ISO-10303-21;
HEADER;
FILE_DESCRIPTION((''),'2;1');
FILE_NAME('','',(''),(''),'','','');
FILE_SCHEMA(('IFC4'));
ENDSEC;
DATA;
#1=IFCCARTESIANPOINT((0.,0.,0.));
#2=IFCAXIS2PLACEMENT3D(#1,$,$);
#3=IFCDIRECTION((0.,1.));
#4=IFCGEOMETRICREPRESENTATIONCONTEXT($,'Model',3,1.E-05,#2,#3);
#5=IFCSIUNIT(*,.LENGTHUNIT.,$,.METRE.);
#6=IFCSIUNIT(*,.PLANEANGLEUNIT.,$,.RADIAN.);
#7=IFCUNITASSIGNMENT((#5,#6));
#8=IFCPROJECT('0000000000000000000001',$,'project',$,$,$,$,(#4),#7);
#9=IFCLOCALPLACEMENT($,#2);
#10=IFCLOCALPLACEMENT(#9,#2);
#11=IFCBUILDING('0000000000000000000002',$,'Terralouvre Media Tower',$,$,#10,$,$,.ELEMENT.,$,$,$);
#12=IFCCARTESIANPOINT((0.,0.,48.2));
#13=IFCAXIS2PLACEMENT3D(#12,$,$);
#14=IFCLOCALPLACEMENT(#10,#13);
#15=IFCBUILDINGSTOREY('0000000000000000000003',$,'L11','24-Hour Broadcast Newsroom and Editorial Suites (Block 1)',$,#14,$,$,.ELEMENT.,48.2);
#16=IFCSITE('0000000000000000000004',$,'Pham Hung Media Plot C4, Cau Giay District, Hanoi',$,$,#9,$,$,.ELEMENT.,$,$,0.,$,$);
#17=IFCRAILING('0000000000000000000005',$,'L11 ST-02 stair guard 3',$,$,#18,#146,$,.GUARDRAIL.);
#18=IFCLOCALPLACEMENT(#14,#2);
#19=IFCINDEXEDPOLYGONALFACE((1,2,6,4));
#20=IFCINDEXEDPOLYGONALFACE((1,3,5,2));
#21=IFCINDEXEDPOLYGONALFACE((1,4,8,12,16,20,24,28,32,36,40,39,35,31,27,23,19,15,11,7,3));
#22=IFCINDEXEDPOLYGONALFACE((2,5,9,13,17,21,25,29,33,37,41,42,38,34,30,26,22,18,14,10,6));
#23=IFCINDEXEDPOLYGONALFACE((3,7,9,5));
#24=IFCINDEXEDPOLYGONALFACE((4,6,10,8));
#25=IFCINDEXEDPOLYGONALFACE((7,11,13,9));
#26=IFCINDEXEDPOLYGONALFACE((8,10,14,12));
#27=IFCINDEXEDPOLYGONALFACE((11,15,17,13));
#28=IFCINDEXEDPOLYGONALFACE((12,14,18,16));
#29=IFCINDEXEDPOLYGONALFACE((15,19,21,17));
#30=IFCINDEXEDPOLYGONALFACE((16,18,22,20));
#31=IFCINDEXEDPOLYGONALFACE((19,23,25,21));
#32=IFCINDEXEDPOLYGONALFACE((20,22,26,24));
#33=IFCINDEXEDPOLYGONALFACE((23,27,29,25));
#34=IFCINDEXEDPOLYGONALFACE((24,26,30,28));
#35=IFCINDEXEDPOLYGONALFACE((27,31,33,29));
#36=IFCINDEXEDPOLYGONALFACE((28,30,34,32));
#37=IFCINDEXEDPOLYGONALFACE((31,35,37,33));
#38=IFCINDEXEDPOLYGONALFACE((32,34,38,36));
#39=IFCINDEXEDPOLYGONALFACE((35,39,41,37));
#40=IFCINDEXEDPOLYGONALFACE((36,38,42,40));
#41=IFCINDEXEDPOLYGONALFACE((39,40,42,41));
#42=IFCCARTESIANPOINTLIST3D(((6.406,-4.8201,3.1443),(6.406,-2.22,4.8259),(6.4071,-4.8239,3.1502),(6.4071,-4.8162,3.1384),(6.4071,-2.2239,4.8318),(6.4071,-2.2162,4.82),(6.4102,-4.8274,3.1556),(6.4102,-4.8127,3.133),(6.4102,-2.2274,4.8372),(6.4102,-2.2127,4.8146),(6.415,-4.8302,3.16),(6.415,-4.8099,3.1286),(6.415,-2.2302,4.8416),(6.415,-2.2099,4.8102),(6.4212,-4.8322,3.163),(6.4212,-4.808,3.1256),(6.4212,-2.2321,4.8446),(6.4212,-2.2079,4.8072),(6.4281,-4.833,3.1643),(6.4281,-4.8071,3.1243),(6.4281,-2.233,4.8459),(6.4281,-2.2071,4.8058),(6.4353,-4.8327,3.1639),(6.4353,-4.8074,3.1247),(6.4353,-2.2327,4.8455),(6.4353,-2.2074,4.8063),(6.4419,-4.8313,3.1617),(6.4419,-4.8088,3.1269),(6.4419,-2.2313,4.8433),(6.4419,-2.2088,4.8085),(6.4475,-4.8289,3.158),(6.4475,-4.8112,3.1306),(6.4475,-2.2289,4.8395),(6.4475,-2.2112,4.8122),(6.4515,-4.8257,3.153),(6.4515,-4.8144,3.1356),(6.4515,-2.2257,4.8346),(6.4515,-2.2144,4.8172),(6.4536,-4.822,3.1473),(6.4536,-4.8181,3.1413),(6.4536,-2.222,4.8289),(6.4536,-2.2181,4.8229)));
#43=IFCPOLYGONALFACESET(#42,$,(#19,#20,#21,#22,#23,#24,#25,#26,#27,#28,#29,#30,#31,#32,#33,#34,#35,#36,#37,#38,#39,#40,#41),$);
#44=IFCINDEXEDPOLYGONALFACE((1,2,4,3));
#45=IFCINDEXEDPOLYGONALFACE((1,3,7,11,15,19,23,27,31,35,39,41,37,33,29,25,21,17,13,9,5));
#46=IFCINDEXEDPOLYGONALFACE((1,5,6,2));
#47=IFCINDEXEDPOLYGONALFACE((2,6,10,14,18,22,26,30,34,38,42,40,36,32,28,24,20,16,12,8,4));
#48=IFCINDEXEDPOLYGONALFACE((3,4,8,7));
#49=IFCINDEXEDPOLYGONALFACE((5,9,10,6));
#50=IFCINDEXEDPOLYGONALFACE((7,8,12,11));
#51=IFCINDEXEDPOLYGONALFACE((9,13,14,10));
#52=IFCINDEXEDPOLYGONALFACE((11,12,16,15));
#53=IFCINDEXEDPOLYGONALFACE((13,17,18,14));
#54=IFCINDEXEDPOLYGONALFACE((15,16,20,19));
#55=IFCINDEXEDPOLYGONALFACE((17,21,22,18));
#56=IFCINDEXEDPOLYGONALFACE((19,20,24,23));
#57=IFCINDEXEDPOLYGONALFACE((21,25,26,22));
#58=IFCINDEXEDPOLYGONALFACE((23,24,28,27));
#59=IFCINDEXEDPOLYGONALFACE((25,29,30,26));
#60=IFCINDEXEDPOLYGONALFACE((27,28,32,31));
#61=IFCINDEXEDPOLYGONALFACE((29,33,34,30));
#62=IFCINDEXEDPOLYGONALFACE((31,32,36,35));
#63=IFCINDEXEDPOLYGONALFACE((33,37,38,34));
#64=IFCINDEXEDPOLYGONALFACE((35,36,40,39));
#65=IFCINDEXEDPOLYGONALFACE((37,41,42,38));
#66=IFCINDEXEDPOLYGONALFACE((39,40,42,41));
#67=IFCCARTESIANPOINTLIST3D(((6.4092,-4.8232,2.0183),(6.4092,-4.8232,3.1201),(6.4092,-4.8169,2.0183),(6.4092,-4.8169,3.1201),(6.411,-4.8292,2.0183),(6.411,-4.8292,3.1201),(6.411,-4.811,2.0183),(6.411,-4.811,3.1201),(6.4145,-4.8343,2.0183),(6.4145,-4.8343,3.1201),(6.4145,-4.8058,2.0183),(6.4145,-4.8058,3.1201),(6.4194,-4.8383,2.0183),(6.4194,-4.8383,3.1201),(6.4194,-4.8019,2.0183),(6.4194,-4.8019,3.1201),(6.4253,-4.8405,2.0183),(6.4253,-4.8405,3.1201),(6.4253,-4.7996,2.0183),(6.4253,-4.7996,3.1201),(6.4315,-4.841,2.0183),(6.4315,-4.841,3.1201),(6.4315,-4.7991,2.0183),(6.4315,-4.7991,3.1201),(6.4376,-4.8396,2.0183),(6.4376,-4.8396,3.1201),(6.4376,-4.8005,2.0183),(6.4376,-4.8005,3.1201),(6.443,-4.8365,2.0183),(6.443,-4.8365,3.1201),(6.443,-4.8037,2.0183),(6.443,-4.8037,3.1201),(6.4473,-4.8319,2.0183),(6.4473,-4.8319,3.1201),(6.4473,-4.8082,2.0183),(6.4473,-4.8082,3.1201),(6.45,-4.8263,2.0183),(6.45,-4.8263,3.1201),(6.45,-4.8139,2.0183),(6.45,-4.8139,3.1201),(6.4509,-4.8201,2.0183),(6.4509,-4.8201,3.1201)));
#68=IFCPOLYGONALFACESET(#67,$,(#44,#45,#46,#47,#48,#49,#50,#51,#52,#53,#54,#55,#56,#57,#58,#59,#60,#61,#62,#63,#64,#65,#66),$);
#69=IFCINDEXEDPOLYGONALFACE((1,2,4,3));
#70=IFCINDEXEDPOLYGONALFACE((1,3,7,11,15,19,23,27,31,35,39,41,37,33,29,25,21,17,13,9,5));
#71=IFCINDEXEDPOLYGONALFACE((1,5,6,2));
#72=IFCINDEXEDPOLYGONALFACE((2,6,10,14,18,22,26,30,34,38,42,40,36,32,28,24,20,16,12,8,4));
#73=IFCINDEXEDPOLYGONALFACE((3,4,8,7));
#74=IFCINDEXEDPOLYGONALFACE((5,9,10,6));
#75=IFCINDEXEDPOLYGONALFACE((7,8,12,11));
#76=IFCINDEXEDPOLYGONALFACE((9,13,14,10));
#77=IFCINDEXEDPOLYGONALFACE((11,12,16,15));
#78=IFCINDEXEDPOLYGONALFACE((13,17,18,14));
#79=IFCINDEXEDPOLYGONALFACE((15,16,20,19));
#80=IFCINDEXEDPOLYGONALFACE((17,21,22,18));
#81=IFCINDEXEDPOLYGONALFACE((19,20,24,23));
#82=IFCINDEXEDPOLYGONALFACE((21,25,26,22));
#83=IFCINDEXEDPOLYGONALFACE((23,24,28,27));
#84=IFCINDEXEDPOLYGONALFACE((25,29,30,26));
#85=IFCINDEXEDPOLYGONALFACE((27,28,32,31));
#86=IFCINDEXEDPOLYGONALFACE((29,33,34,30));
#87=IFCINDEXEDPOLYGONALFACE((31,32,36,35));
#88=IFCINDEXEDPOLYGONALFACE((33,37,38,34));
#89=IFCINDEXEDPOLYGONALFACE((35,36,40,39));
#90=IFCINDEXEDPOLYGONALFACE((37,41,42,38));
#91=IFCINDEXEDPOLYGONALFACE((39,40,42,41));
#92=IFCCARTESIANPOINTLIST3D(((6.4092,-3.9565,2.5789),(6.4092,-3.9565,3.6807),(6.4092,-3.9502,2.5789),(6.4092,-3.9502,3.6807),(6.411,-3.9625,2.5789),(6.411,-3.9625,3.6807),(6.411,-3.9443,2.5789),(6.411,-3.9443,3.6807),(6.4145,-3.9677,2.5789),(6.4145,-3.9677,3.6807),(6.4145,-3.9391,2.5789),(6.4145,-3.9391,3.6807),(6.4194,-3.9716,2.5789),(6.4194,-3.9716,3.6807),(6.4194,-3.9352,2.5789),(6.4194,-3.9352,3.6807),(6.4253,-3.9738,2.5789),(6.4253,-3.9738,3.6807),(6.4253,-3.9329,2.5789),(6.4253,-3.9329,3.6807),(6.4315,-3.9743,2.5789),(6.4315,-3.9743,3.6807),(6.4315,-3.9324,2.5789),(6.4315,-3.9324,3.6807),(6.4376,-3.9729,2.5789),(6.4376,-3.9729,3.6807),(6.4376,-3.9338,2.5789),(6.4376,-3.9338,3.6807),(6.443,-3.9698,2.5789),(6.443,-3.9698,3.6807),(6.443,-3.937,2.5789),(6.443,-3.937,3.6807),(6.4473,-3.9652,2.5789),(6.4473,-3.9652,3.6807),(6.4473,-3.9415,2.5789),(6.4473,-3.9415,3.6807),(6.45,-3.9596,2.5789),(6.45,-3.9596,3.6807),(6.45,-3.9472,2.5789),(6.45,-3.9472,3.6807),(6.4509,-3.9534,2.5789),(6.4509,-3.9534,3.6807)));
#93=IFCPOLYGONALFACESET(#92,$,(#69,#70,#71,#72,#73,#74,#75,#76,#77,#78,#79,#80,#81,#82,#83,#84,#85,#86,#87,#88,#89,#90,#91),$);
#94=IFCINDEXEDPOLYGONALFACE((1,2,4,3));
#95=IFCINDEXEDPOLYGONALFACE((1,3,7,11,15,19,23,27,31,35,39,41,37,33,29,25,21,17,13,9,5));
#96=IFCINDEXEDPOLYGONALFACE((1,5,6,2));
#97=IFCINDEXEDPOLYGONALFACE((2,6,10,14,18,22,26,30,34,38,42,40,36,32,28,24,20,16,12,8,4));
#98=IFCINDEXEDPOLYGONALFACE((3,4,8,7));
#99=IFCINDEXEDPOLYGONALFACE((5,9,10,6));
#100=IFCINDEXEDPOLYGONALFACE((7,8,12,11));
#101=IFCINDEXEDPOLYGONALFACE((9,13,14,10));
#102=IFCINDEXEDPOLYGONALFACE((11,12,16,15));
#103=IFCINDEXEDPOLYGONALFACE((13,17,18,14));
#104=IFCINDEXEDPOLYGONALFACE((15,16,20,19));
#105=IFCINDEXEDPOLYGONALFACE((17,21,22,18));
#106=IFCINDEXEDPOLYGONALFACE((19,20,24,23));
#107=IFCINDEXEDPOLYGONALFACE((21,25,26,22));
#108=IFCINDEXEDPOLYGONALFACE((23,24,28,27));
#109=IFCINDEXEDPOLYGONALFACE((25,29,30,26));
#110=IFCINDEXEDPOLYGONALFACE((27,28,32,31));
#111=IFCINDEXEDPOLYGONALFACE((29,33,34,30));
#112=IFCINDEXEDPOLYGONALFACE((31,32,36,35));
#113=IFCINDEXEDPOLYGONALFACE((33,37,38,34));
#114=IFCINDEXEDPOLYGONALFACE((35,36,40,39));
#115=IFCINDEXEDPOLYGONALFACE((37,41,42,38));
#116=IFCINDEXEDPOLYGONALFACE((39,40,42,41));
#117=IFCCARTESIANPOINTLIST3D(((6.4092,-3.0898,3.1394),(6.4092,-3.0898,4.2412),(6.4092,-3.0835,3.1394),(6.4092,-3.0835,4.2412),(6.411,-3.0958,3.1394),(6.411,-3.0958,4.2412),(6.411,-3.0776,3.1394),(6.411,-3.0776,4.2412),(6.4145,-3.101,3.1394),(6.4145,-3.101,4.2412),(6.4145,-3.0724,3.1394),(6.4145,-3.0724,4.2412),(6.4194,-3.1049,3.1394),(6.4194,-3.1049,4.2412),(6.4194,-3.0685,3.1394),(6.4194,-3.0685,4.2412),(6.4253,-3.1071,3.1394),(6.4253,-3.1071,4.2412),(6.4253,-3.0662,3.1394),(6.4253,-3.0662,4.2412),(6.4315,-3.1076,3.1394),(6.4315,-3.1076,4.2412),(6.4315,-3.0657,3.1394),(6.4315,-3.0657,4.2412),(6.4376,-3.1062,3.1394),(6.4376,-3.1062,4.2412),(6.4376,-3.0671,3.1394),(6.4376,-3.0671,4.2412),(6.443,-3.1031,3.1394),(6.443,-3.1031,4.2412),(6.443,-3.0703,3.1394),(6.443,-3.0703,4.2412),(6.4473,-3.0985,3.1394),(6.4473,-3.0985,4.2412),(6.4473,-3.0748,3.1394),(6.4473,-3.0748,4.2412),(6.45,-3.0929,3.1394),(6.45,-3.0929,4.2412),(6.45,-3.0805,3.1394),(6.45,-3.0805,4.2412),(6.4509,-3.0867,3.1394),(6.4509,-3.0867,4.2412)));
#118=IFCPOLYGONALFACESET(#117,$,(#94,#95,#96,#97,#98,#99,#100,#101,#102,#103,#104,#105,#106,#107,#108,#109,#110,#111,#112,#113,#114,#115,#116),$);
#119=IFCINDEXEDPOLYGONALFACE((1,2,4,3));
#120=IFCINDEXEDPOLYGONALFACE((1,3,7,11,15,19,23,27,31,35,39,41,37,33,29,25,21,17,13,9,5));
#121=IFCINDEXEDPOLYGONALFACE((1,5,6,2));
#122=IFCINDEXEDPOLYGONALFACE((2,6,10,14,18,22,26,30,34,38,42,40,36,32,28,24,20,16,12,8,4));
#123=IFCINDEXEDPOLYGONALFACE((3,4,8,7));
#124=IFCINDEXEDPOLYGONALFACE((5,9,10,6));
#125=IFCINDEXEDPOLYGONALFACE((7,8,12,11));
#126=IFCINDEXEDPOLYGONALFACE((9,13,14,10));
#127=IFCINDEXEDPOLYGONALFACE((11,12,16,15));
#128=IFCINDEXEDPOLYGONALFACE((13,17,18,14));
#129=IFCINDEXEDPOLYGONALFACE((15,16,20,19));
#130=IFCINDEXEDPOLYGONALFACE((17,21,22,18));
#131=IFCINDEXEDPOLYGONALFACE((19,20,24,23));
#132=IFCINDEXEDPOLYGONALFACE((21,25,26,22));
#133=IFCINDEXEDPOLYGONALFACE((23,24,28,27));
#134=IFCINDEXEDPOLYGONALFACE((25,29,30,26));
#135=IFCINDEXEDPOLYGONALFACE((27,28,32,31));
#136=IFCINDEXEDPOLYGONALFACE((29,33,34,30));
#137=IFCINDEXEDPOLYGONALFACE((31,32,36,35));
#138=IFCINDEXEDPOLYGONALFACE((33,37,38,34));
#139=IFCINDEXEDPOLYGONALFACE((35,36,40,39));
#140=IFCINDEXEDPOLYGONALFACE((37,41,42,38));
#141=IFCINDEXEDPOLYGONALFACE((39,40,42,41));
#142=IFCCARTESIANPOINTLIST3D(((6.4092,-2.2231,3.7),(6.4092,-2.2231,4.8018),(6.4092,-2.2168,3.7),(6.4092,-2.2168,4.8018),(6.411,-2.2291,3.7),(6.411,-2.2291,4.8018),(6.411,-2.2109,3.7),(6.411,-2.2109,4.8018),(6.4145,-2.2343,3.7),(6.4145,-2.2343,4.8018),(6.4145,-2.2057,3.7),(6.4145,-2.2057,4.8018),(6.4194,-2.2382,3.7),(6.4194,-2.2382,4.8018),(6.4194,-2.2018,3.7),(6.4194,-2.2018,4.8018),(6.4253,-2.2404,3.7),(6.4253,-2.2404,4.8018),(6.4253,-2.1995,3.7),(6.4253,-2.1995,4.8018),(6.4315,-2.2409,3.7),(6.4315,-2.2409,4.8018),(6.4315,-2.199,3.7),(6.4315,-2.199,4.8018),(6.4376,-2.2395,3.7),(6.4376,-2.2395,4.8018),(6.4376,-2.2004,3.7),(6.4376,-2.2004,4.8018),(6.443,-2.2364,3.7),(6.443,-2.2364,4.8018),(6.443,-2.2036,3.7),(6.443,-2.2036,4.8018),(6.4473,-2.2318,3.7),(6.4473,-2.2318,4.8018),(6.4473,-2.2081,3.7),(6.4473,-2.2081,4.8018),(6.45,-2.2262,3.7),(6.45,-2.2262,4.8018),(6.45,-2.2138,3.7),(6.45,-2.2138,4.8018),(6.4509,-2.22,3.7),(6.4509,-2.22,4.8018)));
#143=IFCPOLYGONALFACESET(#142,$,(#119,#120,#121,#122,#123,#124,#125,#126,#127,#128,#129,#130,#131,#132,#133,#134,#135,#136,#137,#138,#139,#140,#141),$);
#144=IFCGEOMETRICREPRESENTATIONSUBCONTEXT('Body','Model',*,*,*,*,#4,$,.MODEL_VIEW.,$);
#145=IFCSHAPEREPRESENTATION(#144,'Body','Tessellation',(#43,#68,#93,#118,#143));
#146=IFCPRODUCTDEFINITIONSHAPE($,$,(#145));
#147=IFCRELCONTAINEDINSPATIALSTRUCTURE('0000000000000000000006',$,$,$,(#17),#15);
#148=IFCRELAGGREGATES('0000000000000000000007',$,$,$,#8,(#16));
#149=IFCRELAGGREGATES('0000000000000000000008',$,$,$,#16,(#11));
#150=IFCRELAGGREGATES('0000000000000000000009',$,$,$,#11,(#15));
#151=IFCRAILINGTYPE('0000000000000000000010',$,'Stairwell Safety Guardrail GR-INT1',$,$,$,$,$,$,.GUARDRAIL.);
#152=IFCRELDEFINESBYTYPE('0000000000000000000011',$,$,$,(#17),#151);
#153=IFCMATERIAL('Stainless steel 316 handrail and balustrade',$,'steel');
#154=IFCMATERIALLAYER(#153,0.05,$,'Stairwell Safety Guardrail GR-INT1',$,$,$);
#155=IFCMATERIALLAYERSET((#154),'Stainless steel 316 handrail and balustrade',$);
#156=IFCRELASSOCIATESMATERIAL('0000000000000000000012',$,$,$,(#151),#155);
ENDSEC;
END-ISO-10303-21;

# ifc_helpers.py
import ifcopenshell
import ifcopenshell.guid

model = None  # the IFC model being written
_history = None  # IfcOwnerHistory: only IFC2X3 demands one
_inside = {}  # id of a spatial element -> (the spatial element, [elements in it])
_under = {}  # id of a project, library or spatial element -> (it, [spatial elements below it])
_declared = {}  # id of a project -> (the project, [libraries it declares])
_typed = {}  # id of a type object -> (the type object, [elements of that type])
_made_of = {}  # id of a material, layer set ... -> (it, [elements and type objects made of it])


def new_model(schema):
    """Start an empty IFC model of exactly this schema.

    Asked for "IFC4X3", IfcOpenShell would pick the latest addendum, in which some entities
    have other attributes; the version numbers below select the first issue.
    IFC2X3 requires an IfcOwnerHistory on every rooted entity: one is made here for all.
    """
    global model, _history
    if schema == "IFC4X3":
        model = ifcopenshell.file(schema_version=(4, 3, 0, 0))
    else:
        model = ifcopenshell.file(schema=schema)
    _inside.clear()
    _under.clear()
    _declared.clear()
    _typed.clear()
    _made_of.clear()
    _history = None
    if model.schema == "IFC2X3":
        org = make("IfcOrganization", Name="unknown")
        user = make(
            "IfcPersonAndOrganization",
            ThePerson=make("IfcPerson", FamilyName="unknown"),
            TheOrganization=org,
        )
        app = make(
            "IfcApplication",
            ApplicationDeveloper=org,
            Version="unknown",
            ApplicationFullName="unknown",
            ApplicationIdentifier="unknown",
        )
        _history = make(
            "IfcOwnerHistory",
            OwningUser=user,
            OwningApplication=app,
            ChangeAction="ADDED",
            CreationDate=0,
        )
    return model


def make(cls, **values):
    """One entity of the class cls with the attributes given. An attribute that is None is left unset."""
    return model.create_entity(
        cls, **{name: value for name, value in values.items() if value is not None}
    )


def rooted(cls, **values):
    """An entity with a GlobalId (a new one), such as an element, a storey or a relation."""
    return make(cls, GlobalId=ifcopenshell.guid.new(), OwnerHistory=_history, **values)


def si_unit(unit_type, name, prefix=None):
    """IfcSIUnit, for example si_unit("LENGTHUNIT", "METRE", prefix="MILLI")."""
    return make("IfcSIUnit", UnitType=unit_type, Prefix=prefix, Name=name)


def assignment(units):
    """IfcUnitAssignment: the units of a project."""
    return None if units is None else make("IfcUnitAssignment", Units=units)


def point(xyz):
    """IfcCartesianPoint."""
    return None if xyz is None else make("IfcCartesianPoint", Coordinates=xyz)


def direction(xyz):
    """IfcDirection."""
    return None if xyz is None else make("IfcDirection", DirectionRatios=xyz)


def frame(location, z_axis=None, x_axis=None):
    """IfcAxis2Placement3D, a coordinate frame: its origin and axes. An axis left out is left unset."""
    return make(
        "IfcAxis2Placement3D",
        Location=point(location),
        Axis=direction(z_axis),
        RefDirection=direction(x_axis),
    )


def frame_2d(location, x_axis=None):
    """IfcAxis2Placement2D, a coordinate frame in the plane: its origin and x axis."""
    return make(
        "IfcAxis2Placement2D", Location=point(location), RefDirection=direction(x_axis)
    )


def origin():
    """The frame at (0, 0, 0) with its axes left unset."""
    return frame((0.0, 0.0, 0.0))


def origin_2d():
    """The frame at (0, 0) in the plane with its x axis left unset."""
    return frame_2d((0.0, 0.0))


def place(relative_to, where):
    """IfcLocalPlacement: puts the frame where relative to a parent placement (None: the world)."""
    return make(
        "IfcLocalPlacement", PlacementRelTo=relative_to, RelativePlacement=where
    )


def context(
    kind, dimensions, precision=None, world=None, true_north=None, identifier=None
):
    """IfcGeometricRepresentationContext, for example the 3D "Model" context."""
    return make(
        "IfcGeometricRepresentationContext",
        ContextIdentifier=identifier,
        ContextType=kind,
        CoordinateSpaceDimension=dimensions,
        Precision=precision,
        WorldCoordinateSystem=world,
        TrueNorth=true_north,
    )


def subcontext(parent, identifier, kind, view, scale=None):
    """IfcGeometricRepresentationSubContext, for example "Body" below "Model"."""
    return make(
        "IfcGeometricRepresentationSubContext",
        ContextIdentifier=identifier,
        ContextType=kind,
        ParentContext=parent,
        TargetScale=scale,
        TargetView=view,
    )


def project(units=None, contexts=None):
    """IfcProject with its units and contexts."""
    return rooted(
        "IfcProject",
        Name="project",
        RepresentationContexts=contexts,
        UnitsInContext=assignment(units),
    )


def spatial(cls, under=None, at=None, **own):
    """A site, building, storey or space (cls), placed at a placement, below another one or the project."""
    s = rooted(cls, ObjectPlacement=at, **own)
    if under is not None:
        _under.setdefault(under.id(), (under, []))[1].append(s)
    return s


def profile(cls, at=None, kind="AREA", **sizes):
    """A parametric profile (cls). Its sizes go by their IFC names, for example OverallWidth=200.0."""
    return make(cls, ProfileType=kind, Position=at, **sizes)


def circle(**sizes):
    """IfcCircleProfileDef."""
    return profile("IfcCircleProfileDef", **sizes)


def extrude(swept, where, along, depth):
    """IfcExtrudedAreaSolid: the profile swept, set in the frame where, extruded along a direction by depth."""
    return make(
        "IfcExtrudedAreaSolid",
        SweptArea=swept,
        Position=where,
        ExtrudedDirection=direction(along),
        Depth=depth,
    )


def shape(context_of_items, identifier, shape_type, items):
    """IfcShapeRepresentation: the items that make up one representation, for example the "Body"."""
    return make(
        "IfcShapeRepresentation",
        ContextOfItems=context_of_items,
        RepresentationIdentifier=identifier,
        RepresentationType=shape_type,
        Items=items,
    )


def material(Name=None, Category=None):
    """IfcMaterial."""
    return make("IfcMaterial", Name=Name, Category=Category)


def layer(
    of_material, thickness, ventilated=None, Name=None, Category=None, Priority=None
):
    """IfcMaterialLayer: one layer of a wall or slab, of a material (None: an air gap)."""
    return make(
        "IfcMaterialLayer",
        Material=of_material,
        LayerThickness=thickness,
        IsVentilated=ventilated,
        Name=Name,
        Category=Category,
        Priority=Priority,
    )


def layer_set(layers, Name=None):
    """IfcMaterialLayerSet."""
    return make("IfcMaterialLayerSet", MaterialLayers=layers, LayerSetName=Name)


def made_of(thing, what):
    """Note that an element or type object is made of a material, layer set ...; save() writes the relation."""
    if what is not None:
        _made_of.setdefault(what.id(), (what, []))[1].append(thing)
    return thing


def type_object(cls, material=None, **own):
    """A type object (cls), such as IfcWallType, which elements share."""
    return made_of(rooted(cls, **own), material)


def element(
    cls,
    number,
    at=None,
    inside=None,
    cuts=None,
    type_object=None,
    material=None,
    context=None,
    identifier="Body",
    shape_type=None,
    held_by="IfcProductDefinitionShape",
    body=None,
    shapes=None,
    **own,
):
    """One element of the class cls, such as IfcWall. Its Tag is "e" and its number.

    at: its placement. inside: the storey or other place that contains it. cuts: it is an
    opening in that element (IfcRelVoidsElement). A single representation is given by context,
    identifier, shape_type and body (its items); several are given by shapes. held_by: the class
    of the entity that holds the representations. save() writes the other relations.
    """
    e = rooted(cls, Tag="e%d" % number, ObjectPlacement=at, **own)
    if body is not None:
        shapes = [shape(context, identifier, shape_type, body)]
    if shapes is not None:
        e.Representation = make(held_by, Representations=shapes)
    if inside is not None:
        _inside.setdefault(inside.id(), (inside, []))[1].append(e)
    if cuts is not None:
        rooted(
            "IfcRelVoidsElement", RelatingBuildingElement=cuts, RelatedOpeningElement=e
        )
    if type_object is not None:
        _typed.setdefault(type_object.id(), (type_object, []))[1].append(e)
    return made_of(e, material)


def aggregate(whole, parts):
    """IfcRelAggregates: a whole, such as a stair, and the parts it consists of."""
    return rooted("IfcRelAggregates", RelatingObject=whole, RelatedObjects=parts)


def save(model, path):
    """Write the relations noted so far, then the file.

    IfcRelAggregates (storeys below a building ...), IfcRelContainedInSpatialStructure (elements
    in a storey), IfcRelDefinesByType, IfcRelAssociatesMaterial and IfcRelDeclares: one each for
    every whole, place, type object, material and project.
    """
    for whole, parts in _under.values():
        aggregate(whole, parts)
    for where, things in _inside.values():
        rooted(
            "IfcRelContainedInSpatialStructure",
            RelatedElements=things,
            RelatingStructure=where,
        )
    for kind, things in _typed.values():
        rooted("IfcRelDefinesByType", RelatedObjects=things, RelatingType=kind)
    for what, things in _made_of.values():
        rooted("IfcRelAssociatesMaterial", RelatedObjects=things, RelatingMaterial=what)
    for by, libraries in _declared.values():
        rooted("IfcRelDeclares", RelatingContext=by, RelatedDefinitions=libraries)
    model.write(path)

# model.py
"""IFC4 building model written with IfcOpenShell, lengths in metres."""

from ifc_helpers import new_model, si_unit, direction, frame, origin, origin_2d, place, context, subcontext, project, spatial, circle, extrude, material, layer, layer_set, type_object, element, save


model = new_model("IFC4")

# Units and contexts
model_context = context("Model", 3, precision=1e-05, world=origin(), true_north=direction((0.0, 1.0)))
body_context = subcontext(model_context, "Body", "Model", "MODEL_VIEW")
ifc_project = project(units=[si_unit("LENGTHUNIT", "METRE"), si_unit("PLANEANGLEUNIT", "RADIAN")], contexts=[model_context])

# Site, building, storey
site_placement = place(None, origin())
site = spatial("IfcSite", under=ifc_project, at=site_placement, Name="Pham Hung Media Plot C4, Cau Giay District, Hanoi", CompositionType="ELEMENT", RefElevation=0.0)
building_placement = place(site_placement, origin())
building = spatial("IfcBuilding", under=site, at=building_placement, Name="Terralouvre Media Tower", CompositionType="ELEMENT")
storey_placement = place(building_placement, frame((0.0, 0.0, 48.2)))
storey = spatial("IfcBuildingStorey", under=building, at=storey_placement, Name="L11", Description="24-Hour Broadcast Newsroom and Editorial Suites (Block 1)", CompositionType="ELEMENT", Elevation=48.2)

# Railing
ifc_material_1 = material(Name="Stainless steel 316 handrail and balustrade", Category="steel")
ifc_layer_1 = layer(ifc_material_1, 0.05, Name="Stairwell Safety Guardrail GR-INT1")
ifc_layer_set_1 = layer_set([ifc_layer_1], Name="Stainless steel 316 handrail and balustrade")
railing_type_1 = type_object("IfcRailingType", Name="Stairwell Safety Guardrail GR-INT1", PredefinedType="GUARDRAIL", material=ifc_layer_set_1)
railing_1_placement = place(storey_placement, frame((6.4299, -4.8201, 2.0183)))
element("IfcRailing", 1, at=railing_1_placement, inside=storey, type_object=railing_type_1, Name="L11 ST-02 stair guard 3", PredefinedType="GUARDRAIL", context=body_context, shape_type="SweptSolid", body=[
    extrude(circle(Radius=0.0239, at=origin_2d()), frame((0.0, 0.0, 1.126), z_axis=(0.0, 0.839684, 0.543075), x_axis=(-1.0, 0.0, 0.0)), (0.0, 0.0, 1.0), 3.0964),
    extrude(circle(Radius=0.021, at=origin_2d()), origin(), (0.0, 0.0, 1.0), 1.1018),
    extrude(circle(Radius=0.021, at=origin_2d()), frame((0.0, 0.8667, 0.5605)), (0.0, 0.0, 1.0), 1.1018),
    extrude(circle(Radius=0.021, at=origin_2d()), frame((0.0, 1.7334, 1.1211)), (0.0, 0.0, 1.0), 1.1018),
    extrude(circle(Radius=0.021, at=origin_2d()), frame((0.0, 2.6001, 1.6816)), (0.0, 0.0, 1.0), 1.1018),
])

save(model, "model.ifc")
